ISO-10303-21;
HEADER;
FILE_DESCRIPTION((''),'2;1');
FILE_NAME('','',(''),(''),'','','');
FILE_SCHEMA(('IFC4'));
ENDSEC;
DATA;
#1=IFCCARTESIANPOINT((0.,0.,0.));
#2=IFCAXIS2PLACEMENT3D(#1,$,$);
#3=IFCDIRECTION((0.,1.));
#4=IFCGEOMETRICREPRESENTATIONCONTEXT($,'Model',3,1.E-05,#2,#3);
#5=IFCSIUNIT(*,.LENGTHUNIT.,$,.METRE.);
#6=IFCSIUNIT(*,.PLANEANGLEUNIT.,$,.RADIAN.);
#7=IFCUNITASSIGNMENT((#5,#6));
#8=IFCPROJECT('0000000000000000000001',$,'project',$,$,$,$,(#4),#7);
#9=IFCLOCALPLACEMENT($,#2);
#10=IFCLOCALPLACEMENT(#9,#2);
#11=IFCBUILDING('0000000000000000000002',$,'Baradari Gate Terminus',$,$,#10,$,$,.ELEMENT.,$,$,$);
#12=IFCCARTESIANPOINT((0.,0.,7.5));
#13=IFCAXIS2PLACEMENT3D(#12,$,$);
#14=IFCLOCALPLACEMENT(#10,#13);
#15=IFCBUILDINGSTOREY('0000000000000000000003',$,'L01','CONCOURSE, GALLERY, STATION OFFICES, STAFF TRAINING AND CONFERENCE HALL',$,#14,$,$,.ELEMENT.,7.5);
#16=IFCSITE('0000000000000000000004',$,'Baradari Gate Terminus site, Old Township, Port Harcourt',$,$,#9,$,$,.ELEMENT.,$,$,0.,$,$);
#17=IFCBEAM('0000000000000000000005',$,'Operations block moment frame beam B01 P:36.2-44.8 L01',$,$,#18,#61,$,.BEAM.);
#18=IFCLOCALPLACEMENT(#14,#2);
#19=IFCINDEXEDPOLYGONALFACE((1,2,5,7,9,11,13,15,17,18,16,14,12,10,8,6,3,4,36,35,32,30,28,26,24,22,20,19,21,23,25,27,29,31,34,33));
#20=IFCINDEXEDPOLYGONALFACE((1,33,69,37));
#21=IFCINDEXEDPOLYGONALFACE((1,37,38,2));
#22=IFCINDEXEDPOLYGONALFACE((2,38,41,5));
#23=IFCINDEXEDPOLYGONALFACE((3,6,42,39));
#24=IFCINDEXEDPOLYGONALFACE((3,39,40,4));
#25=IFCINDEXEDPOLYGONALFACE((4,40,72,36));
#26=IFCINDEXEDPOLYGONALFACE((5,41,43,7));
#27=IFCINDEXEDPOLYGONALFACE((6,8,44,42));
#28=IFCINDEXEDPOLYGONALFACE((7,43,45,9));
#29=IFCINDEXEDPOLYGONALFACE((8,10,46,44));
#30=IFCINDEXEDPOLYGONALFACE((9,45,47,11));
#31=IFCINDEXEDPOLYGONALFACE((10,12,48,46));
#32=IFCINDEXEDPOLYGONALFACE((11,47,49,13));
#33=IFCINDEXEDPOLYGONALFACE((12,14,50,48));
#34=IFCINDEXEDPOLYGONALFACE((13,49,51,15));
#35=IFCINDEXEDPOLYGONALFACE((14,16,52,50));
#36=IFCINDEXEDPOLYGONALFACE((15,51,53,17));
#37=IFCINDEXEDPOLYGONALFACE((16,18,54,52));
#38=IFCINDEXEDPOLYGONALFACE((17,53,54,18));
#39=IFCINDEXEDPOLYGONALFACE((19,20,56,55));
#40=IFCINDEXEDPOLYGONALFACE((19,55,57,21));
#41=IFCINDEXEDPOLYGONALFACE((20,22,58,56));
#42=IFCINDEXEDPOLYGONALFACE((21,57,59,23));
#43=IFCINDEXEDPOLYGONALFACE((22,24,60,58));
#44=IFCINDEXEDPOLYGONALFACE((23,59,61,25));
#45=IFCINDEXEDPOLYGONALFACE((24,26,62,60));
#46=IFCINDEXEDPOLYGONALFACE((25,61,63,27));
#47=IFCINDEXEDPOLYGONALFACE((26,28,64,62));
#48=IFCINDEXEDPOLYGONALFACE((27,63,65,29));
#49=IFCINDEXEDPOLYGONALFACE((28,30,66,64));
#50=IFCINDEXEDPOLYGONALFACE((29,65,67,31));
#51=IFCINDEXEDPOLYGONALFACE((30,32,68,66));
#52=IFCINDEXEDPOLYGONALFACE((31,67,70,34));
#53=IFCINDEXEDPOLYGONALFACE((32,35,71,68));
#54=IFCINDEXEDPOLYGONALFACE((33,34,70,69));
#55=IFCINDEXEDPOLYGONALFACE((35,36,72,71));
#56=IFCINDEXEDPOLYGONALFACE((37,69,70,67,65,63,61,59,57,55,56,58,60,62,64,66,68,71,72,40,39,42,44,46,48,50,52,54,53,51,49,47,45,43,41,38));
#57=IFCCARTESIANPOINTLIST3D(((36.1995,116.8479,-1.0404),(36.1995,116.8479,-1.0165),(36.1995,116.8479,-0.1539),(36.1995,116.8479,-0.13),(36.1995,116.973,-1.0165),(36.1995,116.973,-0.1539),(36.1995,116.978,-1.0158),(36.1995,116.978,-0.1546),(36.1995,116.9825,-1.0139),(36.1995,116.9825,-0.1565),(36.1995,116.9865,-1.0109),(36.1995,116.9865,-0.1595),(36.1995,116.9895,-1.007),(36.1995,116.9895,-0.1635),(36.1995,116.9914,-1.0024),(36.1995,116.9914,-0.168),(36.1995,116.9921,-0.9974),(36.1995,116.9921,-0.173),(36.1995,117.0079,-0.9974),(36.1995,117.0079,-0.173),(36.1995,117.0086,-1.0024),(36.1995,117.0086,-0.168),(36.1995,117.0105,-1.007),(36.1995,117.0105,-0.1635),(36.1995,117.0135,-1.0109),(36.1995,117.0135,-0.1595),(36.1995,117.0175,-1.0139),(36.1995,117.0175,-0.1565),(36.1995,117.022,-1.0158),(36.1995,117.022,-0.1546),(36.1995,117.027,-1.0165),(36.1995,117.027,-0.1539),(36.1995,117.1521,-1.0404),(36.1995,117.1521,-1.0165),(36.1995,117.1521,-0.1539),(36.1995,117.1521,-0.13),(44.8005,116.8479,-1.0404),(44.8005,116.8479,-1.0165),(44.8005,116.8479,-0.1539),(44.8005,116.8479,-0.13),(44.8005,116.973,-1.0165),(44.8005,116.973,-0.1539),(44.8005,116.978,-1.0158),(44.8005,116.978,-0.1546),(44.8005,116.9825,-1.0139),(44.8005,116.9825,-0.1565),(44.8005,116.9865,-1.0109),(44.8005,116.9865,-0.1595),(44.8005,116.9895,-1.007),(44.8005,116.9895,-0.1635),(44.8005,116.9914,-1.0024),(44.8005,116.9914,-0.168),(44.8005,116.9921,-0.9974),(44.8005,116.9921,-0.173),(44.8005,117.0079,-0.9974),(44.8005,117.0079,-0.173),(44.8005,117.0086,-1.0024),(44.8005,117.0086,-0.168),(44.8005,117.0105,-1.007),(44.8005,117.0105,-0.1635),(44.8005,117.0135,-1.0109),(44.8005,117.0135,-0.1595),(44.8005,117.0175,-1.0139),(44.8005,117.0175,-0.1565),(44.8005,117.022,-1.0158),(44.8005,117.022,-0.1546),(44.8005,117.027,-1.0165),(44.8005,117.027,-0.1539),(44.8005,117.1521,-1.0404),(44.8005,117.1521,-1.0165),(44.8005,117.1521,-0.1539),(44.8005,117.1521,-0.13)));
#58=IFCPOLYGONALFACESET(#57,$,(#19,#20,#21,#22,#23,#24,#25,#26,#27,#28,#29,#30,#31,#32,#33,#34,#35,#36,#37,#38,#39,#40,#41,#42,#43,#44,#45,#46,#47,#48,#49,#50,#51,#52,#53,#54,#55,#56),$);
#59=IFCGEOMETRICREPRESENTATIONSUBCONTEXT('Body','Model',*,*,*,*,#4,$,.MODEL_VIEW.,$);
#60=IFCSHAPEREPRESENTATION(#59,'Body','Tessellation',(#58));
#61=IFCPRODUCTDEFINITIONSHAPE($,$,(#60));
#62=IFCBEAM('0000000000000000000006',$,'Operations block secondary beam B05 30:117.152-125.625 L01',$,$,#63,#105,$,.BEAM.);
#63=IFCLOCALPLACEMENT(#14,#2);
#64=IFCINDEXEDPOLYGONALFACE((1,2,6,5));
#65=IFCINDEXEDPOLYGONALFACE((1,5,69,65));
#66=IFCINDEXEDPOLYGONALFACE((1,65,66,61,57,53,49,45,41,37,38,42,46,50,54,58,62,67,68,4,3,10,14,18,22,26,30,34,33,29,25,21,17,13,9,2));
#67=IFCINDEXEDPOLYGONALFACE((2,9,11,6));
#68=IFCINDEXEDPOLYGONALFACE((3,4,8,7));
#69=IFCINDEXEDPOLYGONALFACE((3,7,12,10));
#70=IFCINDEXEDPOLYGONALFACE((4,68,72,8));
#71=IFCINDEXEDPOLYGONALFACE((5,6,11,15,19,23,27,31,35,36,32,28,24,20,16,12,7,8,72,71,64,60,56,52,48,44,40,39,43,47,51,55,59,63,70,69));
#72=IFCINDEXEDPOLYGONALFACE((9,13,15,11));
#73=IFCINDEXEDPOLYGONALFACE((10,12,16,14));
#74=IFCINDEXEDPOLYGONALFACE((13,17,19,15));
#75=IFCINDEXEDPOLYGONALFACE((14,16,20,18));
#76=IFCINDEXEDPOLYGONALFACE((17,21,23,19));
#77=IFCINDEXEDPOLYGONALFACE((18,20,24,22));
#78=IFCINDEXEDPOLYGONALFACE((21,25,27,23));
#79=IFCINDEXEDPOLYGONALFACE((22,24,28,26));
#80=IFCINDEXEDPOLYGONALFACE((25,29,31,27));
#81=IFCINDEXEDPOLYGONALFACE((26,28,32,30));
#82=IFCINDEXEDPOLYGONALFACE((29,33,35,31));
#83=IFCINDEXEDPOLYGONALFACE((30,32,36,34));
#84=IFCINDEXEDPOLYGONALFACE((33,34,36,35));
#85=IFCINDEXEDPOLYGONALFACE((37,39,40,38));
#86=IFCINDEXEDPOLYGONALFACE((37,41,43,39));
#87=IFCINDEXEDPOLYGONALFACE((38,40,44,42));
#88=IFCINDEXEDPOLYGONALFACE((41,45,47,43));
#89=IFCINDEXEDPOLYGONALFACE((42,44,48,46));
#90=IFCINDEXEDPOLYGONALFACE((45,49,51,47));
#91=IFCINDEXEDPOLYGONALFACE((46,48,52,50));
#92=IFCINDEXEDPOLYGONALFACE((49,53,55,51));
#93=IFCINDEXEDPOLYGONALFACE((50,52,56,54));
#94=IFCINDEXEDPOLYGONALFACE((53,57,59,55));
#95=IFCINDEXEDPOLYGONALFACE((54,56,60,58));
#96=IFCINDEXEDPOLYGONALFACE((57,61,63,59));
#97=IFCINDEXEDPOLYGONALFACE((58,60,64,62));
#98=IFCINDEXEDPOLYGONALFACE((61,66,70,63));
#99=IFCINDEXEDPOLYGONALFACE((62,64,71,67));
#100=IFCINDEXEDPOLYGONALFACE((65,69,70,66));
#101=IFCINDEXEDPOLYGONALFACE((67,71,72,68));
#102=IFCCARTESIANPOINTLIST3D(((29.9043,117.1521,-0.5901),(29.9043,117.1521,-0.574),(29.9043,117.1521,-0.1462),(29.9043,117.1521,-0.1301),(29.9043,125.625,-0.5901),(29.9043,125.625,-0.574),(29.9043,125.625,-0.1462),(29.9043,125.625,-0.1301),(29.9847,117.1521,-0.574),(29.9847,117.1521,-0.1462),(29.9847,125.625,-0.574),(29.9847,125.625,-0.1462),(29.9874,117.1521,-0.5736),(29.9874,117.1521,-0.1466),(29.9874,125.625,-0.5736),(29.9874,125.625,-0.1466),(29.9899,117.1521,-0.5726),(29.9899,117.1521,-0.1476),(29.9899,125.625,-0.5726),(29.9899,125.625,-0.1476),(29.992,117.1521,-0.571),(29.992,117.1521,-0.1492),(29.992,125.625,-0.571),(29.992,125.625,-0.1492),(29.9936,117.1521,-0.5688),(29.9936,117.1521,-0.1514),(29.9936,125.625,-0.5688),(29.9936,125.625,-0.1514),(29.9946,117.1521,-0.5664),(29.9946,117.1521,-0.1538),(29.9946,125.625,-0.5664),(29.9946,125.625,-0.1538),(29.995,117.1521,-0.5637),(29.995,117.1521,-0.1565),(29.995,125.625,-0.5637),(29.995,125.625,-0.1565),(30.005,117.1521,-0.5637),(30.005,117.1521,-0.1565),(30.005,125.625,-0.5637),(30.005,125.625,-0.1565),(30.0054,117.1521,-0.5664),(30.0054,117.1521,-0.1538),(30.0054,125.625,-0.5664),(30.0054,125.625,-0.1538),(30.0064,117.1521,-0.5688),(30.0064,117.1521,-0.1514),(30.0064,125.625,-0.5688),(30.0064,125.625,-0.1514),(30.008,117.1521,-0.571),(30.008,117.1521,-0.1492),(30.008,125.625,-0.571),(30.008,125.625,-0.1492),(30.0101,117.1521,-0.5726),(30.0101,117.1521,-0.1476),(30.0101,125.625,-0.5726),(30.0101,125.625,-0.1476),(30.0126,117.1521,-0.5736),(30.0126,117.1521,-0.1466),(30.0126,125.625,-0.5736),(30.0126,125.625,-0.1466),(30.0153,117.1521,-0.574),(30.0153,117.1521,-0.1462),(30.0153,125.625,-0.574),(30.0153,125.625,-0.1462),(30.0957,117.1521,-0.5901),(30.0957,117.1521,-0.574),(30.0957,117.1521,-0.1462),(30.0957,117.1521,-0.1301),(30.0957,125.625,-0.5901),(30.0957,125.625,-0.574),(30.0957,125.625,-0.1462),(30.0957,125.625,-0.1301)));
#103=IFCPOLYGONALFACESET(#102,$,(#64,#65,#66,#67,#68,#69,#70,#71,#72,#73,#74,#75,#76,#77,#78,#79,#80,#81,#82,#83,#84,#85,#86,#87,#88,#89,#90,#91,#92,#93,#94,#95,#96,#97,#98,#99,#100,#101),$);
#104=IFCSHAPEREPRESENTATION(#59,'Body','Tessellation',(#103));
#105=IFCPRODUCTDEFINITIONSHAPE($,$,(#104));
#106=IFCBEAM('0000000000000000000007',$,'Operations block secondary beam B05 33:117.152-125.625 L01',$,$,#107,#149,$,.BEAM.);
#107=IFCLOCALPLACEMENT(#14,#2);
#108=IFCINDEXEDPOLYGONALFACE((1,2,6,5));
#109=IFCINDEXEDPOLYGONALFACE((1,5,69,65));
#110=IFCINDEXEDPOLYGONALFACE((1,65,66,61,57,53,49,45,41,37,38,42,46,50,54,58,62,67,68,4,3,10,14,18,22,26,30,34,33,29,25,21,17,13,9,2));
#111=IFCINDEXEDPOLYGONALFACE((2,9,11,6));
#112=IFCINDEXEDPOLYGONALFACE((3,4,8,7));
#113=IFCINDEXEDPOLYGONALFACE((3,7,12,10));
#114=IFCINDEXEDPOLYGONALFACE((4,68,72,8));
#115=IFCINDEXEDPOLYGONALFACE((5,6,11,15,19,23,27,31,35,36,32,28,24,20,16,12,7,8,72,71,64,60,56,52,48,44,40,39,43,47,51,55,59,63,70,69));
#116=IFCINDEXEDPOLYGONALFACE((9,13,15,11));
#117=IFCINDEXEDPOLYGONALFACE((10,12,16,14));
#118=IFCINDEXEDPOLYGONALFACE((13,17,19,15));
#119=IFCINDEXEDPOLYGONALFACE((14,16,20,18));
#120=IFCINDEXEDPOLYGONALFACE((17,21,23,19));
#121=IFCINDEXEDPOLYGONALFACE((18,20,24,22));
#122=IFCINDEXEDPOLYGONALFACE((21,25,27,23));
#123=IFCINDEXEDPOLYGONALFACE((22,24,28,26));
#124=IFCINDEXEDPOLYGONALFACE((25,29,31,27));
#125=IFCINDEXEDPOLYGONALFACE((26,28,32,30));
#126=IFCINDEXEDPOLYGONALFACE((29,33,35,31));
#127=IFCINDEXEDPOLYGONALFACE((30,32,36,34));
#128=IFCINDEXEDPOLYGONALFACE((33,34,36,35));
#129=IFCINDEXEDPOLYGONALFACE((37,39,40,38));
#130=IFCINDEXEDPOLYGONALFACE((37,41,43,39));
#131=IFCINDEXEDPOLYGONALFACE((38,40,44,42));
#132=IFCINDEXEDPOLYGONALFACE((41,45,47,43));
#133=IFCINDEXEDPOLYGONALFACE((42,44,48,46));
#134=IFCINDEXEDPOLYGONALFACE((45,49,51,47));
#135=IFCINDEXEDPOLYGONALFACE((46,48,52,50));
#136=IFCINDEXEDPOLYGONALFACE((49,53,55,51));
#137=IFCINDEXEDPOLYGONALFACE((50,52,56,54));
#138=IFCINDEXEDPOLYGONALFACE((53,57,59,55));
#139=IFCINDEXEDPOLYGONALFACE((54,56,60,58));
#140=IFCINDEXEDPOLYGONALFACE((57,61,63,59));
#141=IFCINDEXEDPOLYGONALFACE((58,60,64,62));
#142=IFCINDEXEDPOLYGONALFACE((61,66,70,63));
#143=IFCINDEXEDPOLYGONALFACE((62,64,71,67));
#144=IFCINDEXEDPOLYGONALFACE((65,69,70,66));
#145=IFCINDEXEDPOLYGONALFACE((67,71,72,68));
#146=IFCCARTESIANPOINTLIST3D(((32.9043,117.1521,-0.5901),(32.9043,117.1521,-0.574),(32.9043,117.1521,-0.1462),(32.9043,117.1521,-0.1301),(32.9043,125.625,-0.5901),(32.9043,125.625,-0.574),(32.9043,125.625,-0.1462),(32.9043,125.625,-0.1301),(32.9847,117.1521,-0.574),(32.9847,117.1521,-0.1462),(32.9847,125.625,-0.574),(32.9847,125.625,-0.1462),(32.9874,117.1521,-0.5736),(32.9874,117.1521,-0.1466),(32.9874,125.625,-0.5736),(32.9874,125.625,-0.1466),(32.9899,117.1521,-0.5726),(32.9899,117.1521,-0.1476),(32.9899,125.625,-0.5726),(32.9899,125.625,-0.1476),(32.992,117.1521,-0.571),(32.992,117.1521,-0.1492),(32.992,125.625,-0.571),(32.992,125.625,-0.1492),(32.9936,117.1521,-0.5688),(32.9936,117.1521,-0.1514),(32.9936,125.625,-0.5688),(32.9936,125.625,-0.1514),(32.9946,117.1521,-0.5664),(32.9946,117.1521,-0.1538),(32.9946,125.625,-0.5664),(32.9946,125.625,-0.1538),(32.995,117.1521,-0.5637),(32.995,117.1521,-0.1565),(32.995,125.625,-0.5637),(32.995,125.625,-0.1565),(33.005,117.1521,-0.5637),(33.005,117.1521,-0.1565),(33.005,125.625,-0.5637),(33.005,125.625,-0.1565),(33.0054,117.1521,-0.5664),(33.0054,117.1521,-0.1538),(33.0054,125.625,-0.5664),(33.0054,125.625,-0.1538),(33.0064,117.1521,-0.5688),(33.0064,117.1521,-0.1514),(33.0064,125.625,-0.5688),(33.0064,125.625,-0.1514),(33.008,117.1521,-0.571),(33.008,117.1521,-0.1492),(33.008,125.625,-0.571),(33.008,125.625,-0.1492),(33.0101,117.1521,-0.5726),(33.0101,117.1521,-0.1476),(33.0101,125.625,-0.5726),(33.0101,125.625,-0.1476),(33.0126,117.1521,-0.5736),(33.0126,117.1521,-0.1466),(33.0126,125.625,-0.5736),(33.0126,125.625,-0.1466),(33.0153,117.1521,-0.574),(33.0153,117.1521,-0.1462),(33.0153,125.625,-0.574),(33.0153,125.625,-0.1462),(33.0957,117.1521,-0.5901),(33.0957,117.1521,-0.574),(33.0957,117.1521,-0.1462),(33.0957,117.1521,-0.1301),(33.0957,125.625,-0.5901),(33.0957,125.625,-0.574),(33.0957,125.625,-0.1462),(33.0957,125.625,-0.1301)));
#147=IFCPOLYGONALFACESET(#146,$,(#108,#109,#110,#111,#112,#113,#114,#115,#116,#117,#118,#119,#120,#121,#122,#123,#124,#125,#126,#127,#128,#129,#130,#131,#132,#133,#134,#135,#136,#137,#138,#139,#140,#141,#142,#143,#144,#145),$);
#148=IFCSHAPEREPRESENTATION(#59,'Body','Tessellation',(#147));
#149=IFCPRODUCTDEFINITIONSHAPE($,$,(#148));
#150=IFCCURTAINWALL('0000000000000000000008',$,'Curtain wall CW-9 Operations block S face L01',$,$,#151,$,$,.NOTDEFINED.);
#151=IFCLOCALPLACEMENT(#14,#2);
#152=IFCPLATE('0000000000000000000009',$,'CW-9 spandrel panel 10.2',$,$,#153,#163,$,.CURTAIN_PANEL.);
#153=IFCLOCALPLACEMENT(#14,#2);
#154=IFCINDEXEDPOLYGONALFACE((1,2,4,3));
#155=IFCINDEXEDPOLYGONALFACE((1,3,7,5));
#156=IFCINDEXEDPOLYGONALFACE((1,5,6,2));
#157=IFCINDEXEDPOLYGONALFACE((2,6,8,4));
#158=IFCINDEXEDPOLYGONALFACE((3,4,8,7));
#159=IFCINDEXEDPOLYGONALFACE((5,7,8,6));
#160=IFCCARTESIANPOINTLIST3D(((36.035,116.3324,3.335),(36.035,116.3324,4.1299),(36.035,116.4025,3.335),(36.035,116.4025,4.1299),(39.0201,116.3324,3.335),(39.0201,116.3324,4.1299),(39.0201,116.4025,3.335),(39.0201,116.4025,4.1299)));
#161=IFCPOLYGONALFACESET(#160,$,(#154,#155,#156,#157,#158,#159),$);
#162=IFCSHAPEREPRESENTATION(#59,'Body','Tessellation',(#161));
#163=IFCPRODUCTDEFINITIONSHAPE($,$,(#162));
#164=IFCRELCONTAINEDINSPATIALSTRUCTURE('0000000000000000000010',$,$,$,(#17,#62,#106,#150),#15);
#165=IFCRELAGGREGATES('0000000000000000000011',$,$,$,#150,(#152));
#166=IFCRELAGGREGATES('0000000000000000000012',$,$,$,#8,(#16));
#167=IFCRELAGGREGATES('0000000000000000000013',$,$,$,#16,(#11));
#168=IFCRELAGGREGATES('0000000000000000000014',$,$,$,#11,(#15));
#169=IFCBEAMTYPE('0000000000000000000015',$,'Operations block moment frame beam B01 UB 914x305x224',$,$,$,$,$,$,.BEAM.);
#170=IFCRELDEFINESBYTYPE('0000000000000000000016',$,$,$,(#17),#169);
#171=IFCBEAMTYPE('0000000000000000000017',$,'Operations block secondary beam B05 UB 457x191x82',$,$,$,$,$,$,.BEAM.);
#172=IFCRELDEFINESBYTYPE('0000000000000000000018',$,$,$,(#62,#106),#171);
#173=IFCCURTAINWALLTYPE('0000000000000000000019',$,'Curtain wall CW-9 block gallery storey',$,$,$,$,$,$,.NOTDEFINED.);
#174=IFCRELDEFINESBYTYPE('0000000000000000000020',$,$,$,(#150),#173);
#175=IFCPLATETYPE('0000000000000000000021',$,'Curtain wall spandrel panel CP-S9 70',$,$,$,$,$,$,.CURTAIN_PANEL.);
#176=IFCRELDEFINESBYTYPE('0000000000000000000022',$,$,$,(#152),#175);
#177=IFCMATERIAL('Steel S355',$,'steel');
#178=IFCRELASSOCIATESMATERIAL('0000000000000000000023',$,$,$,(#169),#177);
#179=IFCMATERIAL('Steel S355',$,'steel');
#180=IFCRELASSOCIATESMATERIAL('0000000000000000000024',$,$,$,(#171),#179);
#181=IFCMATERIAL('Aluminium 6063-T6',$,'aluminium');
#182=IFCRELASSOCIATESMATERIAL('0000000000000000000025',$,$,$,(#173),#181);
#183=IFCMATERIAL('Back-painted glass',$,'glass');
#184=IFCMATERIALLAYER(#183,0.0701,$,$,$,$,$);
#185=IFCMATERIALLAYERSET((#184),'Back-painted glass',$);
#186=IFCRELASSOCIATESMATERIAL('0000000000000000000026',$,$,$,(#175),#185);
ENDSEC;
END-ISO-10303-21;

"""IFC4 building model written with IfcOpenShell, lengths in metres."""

from ifc_helpers import new_model, si_unit, direction, frame, origin, origin_2d, place, context, subcontext, project, spatial, rectangle, i_section, extrude, material, layer, layer_set, material_profile, profile_set, type_object, element, aggregate, save


model = new_model("IFC4")

# Units and contexts
model_context = context("Model", 3, precision=1e-05, world=origin(), true_north=direction((0.0, 1.0)))
body_context = subcontext(model_context, "Body", "Model", "MODEL_VIEW")
ifc_project = project(units=[si_unit("LENGTHUNIT", "METRE"), si_unit("PLANEANGLEUNIT", "RADIAN")], contexts=[model_context])

# Site, building, storey
site_placement = place(None, origin())
site = spatial("IfcSite", under=ifc_project, at=site_placement, Name="Baradari Gate Terminus site, Old Township, Port Harcourt", CompositionType="ELEMENT", RefElevation=0.0)
building_placement = place(site_placement, origin())
building = spatial("IfcBuilding", under=site, at=building_placement, Name="Baradari Gate Terminus", CompositionType="ELEMENT")
storey_placement = place(building_placement, frame((0.0, 0.0, 7.5)))
storey = spatial("IfcBuildingStorey", under=building, at=storey_placement, Name="L01", Description="CONCOURSE, GALLERY, STATION OFFICES, STAFF TRAINING AND CONFERENCE HALL", CompositionType="ELEMENT", Elevation=7.5)

# Beams
ifc_material_1 = material(Name="Steel S355", Category="steel")
ifc_material_profile_1 = material_profile(ifc_material_1, i_section(OverallWidth=0.3042, OverallDepth=0.9104, WebThickness=0.0159, FlangeThickness=0.0239, FilletRadius=0.019, at=origin_2d()), Name="UB 914x305x224")
ifc_profile_set_1 = profile_set([ifc_material_profile_1], Name="Steel S355")
beam_type_1 = type_object("IfcBeamType", Name="Operations block moment frame beam B01 UB 914x305x224", PredefinedType="BEAM", material=ifc_profile_set_1)
beam_1_placement = place(storey_placement, frame((36.1995, 117.0, -0.5852), z_axis=(1.0, 0.0, 0.0), x_axis=(0.0, 1.0, 0.0)))
element("IfcBeam", 1, at=beam_1_placement, inside=storey, type_object=beam_type_1, Name="Operations block moment frame beam B01 P:36.2-44.8 L01", PredefinedType="BEAM", context=body_context, shape_type="SweptSolid", body=[
    extrude(i_section(OverallWidth=0.3042, OverallDepth=0.9104, WebThickness=0.0159, FlangeThickness=0.0239, FilletRadius=0.019, at=origin_2d()), origin(), (0.0, 0.0, 1.0), 8.6011),
])
ifc_material_2 = material(Name="Steel S355", Category="steel")
ifc_material_profile_2 = material_profile(ifc_material_2, i_section(OverallWidth=0.1914, OverallDepth=0.46, WebThickness=0.01, FlangeThickness=0.0161, FilletRadius=0.0103, at=origin_2d()), Name="UB 457x191x82")
ifc_profile_set_2 = profile_set([ifc_material_profile_2], Name="Steel S355")
beam_type_2 = type_object("IfcBeamType", Name="Operations block secondary beam B05 UB 457x191x82", PredefinedType="BEAM", material=ifc_profile_set_2)
for number, where, z_axis, x_axis, name in (
    (2, (30.0, 117.1521, -0.3601), (0.0, 1.0, 0.0), (-1.0, 0.0, 0.0), "Operations block secondary beam B05 30:117.152-125.625 L01"),
    (3, (33.0, 117.1521, -0.3601), (0.0, 1.0, 0.0), (-1.0, 0.0, 0.0), "Operations block secondary beam B05 33:117.152-125.625 L01"),
):
    element("IfcBeam", number, at=place(storey_placement, frame(where, z_axis=z_axis, x_axis=x_axis)), inside=storey, type_object=beam_type_2, Name=name, PredefinedType="BEAM", context=body_context, shape_type="SweptSolid", body=[
        extrude(i_section(OverallWidth=0.1914, OverallDepth=0.46, WebThickness=0.01, FlangeThickness=0.0161, FilletRadius=0.0103, at=origin_2d()), origin(), (0.0, 0.0, 1.0), 8.4729),
    ])

# Curtain wall, plate
ifc_material_3 = material(Name="Aluminium 6063-T6", Category="aluminium")
curtain_wall_type = type_object("IfcCurtainWallType", Name="Curtain wall CW-9 block gallery storey", PredefinedType="NOTDEFINED", material=ifc_material_3)
curtain_wall_placement = place(storey_placement, origin())
curtain_wall = element("IfcCurtainWall", 4, at=curtain_wall_placement, inside=storey, type_object=curtain_wall_type, Name="Curtain wall CW-9 Operations block S face L01", PredefinedType="NOTDEFINED")
ifc_material_4 = material(Name="Back-painted glass", Category="glass")
ifc_layer_1 = layer(ifc_material_4, 0.0701)
ifc_layer_set_1 = layer_set([ifc_layer_1], Name="Back-painted glass")
plate_type = type_object("IfcPlateType", Name="Curtain wall spandrel panel CP-S9 70", PredefinedType="CURTAIN_PANEL", material=ifc_layer_set_1)
plate_placement = place(storey_placement, frame((37.5276, 116.3674, 3.335), z_axis=(0.0, 0.0, 1.0), x_axis=(1.0, 0.0, 0.0)))
plate = element("IfcPlate", 5, at=plate_placement, type_object=plate_type, Name="CW-9 spandrel panel 10.2", PredefinedType="CURTAIN_PANEL", context=body_context, shape_type="SweptSolid", body=[
    extrude(rectangle(XDim=2.9851, YDim=0.0701, at=origin_2d()), origin(), (0.0, 0.0, 1.0), 0.7949),
])
aggregate(curtain_wall, [plate])

save(model, "model.ifc")
